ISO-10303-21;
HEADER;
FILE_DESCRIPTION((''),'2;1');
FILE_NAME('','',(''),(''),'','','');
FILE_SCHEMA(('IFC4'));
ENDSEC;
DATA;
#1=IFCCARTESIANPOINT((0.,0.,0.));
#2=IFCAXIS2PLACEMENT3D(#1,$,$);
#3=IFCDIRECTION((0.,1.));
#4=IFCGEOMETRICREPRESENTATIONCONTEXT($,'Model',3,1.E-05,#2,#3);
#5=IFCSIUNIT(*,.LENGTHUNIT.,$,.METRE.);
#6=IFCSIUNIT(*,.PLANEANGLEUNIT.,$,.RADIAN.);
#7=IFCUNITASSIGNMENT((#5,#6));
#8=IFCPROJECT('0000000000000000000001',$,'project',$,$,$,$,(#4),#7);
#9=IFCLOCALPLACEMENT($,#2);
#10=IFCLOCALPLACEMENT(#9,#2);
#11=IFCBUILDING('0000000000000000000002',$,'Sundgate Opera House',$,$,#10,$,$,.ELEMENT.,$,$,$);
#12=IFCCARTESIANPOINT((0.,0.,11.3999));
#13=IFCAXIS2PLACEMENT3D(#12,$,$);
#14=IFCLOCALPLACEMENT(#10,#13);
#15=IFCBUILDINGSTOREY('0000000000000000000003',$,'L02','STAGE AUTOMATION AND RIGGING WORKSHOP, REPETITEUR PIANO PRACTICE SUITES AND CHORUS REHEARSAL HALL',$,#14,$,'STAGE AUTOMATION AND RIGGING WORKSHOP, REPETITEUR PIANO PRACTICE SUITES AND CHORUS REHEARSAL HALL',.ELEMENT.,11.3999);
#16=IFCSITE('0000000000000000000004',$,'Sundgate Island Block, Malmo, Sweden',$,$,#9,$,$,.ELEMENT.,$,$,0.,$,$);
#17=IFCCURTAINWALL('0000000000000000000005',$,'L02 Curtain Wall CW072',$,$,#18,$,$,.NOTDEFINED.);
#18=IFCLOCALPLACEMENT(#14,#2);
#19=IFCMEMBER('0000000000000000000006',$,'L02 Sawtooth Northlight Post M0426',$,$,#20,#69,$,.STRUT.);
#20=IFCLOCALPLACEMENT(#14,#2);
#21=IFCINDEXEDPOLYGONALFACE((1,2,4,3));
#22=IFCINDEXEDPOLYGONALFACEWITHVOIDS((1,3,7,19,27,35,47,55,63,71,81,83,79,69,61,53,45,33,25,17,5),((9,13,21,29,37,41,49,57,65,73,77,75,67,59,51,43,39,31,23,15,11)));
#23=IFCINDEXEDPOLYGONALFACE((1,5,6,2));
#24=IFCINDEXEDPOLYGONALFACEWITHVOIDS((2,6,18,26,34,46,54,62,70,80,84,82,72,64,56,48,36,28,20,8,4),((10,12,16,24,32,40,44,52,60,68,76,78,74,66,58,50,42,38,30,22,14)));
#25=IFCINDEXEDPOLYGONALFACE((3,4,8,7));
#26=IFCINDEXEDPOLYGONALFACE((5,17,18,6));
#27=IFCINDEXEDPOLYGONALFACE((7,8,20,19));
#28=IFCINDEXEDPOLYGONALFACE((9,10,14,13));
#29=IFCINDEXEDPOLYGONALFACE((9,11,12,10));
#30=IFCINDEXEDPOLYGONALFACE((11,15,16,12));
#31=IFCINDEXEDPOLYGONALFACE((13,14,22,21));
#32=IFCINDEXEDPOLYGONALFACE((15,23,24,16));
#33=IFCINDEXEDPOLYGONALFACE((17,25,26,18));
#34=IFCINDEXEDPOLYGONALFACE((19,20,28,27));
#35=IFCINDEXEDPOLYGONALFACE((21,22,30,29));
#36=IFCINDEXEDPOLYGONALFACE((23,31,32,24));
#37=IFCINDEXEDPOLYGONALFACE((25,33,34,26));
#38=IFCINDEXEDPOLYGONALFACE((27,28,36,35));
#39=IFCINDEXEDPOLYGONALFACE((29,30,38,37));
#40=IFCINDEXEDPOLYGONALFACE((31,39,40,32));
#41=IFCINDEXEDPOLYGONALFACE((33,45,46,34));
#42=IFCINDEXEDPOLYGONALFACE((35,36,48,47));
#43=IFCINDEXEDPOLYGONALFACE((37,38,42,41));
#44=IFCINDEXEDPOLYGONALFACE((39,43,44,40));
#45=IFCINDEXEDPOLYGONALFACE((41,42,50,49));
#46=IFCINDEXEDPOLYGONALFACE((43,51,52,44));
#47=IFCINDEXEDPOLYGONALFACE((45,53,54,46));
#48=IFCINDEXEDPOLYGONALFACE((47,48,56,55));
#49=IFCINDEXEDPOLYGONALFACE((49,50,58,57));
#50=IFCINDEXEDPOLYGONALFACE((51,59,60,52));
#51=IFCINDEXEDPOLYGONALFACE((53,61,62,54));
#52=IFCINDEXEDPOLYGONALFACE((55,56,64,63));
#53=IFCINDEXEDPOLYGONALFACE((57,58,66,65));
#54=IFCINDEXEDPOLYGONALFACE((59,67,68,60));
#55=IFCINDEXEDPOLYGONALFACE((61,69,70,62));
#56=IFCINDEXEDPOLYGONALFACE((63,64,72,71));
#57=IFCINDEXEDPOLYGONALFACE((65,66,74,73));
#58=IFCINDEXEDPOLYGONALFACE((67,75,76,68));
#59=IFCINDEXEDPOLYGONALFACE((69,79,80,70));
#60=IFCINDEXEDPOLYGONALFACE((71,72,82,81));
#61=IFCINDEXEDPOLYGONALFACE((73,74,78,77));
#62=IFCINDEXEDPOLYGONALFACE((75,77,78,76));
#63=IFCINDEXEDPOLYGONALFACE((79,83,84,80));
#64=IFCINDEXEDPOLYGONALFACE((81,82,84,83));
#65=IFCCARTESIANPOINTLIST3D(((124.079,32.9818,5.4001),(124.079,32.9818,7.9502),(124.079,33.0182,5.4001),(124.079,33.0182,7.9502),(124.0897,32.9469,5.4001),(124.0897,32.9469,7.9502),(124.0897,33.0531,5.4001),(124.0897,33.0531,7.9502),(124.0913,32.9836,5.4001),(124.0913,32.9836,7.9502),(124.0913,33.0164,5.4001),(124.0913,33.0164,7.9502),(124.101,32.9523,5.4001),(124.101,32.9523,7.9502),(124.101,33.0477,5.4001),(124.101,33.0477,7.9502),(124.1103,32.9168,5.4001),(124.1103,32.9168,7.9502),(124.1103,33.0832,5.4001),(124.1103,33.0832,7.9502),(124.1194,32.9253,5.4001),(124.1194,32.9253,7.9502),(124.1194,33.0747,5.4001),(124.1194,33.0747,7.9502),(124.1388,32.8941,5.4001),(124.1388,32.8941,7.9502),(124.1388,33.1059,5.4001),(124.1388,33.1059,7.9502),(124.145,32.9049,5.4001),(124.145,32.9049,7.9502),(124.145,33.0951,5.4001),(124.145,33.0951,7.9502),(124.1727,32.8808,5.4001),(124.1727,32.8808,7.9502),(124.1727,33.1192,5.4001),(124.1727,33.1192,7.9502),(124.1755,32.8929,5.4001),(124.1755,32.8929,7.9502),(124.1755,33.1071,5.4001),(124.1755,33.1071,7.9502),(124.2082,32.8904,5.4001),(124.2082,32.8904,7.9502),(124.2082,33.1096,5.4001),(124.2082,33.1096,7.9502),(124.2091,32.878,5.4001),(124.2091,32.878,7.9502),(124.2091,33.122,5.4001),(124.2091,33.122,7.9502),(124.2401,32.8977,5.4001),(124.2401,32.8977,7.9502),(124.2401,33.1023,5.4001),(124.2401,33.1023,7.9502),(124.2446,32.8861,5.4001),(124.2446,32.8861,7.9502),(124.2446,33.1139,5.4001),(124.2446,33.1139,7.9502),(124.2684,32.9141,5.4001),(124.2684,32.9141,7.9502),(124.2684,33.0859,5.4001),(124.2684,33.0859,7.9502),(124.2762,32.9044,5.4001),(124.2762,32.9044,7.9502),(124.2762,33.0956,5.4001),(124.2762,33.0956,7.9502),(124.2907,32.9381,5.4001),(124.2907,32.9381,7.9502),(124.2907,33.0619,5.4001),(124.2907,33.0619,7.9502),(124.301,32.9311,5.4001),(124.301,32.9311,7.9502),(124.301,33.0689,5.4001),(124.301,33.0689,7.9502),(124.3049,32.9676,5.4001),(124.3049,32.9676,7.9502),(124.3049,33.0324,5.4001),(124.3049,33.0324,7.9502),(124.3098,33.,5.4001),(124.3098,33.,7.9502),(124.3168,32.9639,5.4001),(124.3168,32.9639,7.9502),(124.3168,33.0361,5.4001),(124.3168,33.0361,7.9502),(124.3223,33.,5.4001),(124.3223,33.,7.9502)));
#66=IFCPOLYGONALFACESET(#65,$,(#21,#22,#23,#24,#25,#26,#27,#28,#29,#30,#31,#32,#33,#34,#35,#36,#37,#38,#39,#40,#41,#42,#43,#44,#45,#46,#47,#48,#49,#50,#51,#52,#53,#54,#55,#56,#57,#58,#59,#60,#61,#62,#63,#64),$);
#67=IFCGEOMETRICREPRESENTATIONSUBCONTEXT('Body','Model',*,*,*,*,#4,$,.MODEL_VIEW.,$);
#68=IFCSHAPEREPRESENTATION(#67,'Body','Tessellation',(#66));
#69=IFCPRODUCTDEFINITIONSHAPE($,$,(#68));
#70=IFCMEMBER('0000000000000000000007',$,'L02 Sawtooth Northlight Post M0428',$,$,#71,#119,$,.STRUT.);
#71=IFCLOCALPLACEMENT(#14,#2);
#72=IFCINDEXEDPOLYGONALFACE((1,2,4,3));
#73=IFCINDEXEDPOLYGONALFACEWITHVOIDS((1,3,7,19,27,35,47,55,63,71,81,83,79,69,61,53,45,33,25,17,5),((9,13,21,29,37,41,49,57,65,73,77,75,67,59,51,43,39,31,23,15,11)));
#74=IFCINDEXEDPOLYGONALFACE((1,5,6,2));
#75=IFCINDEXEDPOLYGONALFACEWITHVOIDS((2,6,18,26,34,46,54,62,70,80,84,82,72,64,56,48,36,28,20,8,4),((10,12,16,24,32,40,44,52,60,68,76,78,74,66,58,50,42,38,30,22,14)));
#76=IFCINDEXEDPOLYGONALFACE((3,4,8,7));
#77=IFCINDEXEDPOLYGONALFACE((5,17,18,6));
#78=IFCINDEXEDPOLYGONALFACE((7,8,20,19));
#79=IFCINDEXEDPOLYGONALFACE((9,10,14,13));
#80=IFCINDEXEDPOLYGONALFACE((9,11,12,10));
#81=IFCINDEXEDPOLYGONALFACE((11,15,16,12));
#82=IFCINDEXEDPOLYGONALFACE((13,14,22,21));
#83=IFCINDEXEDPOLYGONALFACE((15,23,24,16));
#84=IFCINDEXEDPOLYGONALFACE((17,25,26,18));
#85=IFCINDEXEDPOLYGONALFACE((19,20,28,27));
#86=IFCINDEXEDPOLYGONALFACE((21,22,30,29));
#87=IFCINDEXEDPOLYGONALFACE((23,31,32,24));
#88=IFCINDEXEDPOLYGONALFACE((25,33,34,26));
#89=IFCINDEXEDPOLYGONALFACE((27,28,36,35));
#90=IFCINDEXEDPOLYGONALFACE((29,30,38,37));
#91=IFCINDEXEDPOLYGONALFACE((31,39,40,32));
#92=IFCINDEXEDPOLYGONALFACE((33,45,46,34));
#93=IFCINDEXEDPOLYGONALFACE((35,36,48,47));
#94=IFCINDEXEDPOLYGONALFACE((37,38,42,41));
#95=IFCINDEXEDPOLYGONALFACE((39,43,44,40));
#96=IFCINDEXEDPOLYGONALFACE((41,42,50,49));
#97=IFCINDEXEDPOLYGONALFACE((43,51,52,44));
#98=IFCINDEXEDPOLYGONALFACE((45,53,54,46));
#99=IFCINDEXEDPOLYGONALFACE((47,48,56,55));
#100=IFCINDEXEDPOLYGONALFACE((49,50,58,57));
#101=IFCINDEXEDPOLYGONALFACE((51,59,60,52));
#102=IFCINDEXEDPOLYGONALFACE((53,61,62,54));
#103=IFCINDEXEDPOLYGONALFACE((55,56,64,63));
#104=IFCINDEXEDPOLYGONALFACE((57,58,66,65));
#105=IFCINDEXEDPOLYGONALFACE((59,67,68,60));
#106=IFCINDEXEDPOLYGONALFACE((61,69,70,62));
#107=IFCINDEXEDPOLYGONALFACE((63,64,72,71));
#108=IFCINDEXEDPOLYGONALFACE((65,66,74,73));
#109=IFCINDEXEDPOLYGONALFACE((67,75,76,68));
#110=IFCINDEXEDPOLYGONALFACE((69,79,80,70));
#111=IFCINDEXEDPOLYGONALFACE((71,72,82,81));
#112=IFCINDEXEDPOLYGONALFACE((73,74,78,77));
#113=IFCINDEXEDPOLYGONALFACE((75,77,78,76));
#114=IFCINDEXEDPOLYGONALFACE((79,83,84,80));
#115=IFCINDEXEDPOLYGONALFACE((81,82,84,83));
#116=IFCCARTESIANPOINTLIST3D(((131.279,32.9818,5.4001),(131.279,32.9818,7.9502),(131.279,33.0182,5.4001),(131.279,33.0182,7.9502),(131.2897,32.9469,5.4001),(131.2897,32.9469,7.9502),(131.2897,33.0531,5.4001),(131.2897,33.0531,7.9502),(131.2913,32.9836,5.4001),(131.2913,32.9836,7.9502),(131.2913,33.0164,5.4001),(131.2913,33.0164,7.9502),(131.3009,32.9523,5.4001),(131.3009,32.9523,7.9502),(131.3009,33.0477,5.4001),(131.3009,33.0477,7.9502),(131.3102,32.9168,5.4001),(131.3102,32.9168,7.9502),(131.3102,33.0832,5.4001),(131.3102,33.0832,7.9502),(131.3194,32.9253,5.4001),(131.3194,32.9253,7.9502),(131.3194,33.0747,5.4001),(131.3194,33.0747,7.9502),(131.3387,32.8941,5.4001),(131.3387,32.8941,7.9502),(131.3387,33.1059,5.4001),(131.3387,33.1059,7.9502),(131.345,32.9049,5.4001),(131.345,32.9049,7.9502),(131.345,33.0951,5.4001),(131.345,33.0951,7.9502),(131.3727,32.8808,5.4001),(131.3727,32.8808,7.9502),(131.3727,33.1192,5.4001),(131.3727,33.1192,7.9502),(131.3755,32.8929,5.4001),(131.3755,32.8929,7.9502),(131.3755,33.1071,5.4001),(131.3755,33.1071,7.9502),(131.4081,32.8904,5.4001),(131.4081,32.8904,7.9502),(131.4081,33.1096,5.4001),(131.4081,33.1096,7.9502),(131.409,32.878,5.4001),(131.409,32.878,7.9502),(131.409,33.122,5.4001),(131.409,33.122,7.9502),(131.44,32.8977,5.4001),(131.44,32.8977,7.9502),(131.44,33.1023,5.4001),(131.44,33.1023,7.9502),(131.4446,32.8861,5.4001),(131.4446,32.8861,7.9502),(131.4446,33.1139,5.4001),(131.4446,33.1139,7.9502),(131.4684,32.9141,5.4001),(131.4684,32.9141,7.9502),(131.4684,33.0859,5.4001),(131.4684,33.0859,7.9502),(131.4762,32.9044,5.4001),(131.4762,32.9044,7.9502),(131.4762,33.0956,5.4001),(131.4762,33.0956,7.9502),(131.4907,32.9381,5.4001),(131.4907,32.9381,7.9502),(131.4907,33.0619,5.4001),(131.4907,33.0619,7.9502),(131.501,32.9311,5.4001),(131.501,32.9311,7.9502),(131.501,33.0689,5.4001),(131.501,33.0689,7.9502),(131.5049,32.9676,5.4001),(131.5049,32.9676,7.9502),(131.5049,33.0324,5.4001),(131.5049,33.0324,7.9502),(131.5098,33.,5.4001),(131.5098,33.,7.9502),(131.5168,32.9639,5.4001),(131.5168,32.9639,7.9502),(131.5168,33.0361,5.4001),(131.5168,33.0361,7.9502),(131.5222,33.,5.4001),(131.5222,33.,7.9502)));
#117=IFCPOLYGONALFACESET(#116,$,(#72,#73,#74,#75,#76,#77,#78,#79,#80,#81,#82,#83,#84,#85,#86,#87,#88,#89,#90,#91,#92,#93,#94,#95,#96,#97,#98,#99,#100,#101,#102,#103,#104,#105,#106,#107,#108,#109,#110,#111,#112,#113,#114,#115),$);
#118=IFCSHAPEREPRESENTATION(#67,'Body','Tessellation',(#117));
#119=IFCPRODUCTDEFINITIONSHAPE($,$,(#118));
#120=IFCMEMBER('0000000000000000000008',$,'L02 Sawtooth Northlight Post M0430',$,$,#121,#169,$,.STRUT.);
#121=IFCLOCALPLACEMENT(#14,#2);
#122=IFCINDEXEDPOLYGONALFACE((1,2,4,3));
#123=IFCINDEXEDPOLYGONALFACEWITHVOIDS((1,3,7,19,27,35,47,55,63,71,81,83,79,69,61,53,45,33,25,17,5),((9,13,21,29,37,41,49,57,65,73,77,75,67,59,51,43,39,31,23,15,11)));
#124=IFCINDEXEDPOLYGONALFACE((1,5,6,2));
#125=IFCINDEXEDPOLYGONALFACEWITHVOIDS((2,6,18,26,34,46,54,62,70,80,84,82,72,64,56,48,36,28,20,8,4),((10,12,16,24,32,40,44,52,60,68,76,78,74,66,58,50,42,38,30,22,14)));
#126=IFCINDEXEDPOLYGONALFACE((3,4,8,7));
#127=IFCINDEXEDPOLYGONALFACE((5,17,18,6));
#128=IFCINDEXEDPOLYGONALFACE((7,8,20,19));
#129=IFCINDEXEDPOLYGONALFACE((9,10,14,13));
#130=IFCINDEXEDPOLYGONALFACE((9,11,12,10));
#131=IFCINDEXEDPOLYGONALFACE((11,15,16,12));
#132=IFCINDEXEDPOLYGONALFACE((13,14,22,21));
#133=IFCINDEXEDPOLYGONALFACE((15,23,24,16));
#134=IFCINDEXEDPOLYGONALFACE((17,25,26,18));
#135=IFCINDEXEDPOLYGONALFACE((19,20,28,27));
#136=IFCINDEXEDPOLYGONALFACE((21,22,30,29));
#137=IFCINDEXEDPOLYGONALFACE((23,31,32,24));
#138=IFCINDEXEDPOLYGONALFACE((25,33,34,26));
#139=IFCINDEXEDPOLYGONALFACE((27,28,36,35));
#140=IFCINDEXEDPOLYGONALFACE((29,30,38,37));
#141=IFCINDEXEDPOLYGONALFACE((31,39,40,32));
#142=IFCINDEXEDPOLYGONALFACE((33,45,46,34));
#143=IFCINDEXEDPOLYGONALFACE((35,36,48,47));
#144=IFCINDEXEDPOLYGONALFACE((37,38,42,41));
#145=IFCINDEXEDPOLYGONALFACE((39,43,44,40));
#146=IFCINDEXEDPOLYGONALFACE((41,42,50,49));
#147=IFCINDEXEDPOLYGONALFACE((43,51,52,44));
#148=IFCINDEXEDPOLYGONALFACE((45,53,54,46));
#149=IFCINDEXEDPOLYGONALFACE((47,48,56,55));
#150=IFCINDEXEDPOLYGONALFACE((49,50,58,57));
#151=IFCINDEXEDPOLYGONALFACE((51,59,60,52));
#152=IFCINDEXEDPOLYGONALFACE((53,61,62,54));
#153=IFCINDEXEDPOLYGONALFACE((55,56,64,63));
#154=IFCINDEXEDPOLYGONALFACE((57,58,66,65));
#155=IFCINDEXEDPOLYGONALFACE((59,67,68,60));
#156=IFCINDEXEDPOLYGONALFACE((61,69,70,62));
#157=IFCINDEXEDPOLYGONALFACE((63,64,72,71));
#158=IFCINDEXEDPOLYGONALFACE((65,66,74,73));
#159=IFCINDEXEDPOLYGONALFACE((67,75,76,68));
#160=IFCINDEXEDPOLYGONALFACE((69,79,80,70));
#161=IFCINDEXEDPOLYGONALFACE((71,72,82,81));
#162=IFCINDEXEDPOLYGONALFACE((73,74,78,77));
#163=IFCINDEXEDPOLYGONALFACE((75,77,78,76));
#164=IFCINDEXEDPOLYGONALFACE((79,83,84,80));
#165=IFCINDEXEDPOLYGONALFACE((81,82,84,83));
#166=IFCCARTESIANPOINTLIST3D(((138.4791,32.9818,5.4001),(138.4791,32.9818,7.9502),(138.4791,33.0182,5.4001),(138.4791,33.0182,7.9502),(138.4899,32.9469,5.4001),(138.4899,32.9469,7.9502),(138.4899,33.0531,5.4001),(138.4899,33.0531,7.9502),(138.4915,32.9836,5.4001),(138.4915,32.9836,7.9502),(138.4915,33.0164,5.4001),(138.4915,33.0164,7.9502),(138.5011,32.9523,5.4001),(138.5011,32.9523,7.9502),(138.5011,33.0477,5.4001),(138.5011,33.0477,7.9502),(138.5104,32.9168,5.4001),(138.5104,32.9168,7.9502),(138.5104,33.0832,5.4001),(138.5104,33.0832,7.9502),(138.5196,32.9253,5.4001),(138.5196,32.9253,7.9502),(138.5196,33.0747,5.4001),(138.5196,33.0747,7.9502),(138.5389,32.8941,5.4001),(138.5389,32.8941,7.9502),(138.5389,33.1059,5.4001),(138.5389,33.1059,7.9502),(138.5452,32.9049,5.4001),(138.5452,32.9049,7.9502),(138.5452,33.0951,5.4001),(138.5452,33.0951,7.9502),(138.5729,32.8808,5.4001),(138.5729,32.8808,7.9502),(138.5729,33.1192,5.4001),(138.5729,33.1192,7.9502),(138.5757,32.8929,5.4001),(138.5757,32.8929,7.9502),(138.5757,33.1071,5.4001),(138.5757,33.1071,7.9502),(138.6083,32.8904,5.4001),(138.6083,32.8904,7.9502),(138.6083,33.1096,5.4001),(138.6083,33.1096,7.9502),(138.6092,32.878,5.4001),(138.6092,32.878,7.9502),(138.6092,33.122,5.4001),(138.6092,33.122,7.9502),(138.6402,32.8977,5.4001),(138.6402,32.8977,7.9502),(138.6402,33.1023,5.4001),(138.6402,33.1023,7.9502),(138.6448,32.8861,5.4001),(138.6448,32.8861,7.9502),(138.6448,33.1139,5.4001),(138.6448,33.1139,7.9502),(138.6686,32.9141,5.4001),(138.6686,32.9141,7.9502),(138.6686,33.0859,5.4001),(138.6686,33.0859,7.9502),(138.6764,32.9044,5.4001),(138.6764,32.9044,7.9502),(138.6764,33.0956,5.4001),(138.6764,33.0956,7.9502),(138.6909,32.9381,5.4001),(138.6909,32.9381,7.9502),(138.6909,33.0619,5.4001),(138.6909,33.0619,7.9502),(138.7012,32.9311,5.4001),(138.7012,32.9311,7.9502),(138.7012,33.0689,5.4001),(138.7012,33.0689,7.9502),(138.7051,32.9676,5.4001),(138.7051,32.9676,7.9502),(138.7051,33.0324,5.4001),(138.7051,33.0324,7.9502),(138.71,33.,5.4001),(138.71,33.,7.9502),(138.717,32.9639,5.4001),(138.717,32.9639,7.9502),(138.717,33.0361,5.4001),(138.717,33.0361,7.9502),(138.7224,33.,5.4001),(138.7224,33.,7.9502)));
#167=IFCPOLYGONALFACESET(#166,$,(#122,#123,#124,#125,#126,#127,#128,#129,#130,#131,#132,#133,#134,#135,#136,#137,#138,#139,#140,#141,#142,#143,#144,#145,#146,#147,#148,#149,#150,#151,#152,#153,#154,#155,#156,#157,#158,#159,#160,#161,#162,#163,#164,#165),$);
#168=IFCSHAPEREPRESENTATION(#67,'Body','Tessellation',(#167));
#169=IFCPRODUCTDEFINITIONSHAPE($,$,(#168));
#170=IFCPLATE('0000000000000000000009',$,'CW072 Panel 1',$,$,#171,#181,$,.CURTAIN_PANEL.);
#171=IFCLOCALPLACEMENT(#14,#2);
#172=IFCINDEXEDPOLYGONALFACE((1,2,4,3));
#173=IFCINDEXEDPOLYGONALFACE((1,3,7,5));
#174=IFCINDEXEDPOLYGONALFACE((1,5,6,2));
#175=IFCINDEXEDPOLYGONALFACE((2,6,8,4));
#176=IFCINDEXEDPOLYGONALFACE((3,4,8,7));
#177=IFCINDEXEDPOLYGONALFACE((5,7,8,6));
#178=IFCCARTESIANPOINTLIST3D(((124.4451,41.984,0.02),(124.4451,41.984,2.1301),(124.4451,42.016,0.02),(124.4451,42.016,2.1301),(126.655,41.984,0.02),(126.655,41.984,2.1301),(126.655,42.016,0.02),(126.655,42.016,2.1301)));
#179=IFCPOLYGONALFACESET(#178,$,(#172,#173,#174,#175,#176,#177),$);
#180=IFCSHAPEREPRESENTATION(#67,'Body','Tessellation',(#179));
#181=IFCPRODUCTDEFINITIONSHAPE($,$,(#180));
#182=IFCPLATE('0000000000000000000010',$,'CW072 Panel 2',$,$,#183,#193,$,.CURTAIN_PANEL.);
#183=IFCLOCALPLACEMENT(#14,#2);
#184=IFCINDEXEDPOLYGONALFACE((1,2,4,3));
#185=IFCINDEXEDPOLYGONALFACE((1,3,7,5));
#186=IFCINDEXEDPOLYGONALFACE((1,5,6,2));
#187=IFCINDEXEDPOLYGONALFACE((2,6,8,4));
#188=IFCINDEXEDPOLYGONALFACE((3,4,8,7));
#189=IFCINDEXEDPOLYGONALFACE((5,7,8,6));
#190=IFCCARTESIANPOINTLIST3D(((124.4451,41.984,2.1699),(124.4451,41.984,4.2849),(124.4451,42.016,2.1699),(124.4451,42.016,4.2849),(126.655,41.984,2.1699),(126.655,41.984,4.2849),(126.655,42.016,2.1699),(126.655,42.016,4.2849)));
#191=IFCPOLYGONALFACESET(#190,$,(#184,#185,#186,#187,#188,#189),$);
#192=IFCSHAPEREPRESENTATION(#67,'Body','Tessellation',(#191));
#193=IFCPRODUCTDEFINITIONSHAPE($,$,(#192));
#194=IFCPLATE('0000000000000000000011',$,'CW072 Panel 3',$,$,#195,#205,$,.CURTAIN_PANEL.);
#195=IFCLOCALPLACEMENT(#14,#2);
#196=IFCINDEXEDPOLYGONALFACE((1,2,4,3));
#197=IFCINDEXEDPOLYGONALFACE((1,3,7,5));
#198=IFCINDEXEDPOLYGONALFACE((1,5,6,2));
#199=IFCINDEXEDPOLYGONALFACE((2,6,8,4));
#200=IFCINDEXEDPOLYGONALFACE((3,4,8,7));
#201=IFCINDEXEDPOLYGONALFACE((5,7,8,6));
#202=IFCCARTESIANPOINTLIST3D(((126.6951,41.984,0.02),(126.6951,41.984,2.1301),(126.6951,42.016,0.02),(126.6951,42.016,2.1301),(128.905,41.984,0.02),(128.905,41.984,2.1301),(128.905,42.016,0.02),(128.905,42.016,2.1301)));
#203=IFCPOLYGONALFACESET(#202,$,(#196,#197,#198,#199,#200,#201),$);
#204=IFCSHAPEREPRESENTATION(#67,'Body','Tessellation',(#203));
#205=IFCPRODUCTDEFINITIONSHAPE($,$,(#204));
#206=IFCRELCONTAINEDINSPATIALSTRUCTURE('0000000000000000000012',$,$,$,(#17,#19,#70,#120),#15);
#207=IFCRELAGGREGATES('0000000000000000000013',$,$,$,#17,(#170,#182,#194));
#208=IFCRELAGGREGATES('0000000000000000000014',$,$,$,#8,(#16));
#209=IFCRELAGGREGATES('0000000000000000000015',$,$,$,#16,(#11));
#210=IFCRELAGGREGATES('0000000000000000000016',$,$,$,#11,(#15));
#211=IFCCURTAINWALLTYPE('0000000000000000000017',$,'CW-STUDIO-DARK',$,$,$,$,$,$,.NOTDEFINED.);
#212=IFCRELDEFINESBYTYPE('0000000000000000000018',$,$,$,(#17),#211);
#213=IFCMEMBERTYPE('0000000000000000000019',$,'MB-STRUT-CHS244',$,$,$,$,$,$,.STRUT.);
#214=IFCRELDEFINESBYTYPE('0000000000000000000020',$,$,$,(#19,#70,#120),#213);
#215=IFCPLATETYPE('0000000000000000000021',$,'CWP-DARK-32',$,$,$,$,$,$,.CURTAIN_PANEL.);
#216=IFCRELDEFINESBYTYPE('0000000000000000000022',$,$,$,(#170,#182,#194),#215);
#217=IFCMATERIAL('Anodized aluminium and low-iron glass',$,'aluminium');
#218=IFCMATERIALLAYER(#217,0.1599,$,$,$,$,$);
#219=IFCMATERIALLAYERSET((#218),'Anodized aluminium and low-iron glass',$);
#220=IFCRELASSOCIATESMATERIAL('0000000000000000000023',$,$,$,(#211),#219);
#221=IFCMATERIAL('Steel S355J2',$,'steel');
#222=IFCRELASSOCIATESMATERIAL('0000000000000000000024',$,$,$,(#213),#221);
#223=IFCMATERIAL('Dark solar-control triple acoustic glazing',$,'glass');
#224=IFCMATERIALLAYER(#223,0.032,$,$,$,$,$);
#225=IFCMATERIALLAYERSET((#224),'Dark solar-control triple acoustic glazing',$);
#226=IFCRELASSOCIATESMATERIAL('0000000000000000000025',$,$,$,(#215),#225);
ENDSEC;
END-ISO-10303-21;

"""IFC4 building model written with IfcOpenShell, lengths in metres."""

from ifc_helpers import new_model, si_unit, direction, frame, origin, origin_2d, place, context, subcontext, project, spatial, rectangle, hollow_circle, extrude, material, layer, layer_set, material_profile, profile_set, type_object, element, aggregate, save


model = new_model("IFC4")

# Units and contexts
model_context = context("Model", 3, precision=1e-05, world=origin(), true_north=direction((0.0, 1.0)))
body_context = subcontext(model_context, "Body", "Model", "MODEL_VIEW")
ifc_project = project(units=[si_unit("LENGTHUNIT", "METRE"), si_unit("PLANEANGLEUNIT", "RADIAN")], contexts=[model_context])

# Site, building, storey
site_placement = place(None, origin())
site = spatial("IfcSite", under=ifc_project, at=site_placement, Name="Sundgate Island Block, Malmo, Sweden", CompositionType="ELEMENT", RefElevation=0.0)
building_placement = place(site_placement, origin())
building = spatial("IfcBuilding", under=site, at=building_placement, Name="Sundgate Opera House", CompositionType="ELEMENT")
storey_placement = place(building_placement, frame((0.0, 0.0, 11.3999)))
storey = spatial("IfcBuildingStorey", under=building, at=storey_placement, Name="L02", Description="STAGE AUTOMATION AND RIGGING WORKSHOP, REPETITEUR PIANO PRACTICE SUITES AND CHORUS REHEARSAL HALL", LongName="STAGE AUTOMATION AND RIGGING WORKSHOP, REPETITEUR PIANO PRACTICE SUITES AND CHORUS REHEARSAL HALL", CompositionType="ELEMENT", Elevation=11.3999)

# Curtain wall
ifc_material_1 = material(Name="Anodized aluminium and low-iron glass", Category="aluminium")
ifc_layer_1 = layer(ifc_material_1, 0.1599)
ifc_layer_set_1 = layer_set([ifc_layer_1], Name="Anodized aluminium and low-iron glass")
curtain_wall_type = type_object("IfcCurtainWallType", Name="CW-STUDIO-DARK", PredefinedType="NOTDEFINED", material=ifc_layer_set_1)
curtain_wall_placement = place(storey_placement, origin())
curtain_wall = element("IfcCurtainWall", 1, at=curtain_wall_placement, inside=storey, type_object=curtain_wall_type, Name="L02 Curtain Wall CW072", PredefinedType="NOTDEFINED")

# Members
ifc_material_2 = material(Name="Steel S355J2", Category="steel")
ifc_material_profile_1 = material_profile(ifc_material_2, hollow_circle(Radius=0.1223, WallThickness=0.0125, at=origin_2d()), Name="CHS 244.5x12.5")
ifc_profile_set_1 = profile_set([ifc_material_profile_1], Name="Steel S355J2")
member_type_1 = type_object("IfcMemberType", Name="MB-STRUT-CHS244", PredefinedType="STRUT", material=ifc_profile_set_1)
for number, where, z_axis, x_axis, name in (
    (2, (124.2, 33.0, 5.4001), (0.0, 0.0, 1.0), (1.0, 0.0, 0.0), "L02 Sawtooth Northlight Post M0426"),
    (3, (131.3999, 33.0, 5.4001), (0.0, 0.0, 1.0), (1.0, 0.0, 0.0), "L02 Sawtooth Northlight Post M0428"),
    (4, (138.6001, 33.0, 5.4001), (0.0, 0.0, 1.0), (1.0, 0.0, 0.0), "L02 Sawtooth Northlight Post M0430"),
):
    element("IfcMember", number, at=place(storey_placement, frame(where, z_axis=z_axis, x_axis=x_axis)), inside=storey, type_object=member_type_1, Name=name, PredefinedType="STRUT", context=body_context, shape_type="SweptSolid", body=[
        extrude(hollow_circle(Radius=0.1223, WallThickness=0.0125, at=origin_2d()), origin(), (0.0, 0.0, 1.0), 2.55),
    ])

# Plates
ifc_material_3 = material(Name="Dark solar-control triple acoustic glazing", Category="glass")
ifc_layer_2 = layer(ifc_material_3, 0.032)
ifc_layer_set_2 = layer_set([ifc_layer_2], Name="Dark solar-control triple acoustic glazing")
plate_type_1 = type_object("IfcPlateType", Name="CWP-DARK-32", PredefinedType="CURTAIN_PANEL", material=ifc_layer_set_2)
plate_1_placement = place(storey_placement, frame((125.55, 42.0, 0.02), z_axis=(0.0, 0.0, 1.0), x_axis=(1.0, 0.0, 0.0)))
plate_1 = element("IfcPlate", 5, at=plate_1_placement, type_object=plate_type_1, Name="CW072 Panel 1", PredefinedType="CURTAIN_PANEL", context=body_context, shape_type="SweptSolid", body=[
    extrude(rectangle(XDim=2.21, YDim=0.032, at=origin_2d()), origin(), (0.0, 0.0, 1.0), 2.1101),
])
plate_2_placement = place(storey_placement, frame((125.55, 42.0, 2.1699), z_axis=(0.0, 0.0, 1.0), x_axis=(1.0, 0.0, 0.0)))
plate_2 = element("IfcPlate", 6, at=plate_2_placement, type_object=plate_type_1, Name="CW072 Panel 2", PredefinedType="CURTAIN_PANEL", context=body_context, shape_type="SweptSolid", body=[
    extrude(rectangle(XDim=2.21, YDim=0.032, at=origin_2d()), origin(), (0.0, 0.0, 1.0), 2.115),
])
plate_3_placement = place(storey_placement, frame((127.8, 42.0, 0.02), z_axis=(0.0, 0.0, 1.0), x_axis=(1.0, 0.0, 0.0)))
plate_3 = element("IfcPlate", 7, at=plate_3_placement, type_object=plate_type_1, Name="CW072 Panel 3", PredefinedType="CURTAIN_PANEL", context=body_context, shape_type="SweptSolid", body=[
    extrude(rectangle(XDim=2.21, YDim=0.032, at=origin_2d()), origin(), (0.0, 0.0, 1.0), 2.1101),
])
aggregate(curtain_wall, [plate_1, plate_2, plate_3])

save(model, "model.ifc")
